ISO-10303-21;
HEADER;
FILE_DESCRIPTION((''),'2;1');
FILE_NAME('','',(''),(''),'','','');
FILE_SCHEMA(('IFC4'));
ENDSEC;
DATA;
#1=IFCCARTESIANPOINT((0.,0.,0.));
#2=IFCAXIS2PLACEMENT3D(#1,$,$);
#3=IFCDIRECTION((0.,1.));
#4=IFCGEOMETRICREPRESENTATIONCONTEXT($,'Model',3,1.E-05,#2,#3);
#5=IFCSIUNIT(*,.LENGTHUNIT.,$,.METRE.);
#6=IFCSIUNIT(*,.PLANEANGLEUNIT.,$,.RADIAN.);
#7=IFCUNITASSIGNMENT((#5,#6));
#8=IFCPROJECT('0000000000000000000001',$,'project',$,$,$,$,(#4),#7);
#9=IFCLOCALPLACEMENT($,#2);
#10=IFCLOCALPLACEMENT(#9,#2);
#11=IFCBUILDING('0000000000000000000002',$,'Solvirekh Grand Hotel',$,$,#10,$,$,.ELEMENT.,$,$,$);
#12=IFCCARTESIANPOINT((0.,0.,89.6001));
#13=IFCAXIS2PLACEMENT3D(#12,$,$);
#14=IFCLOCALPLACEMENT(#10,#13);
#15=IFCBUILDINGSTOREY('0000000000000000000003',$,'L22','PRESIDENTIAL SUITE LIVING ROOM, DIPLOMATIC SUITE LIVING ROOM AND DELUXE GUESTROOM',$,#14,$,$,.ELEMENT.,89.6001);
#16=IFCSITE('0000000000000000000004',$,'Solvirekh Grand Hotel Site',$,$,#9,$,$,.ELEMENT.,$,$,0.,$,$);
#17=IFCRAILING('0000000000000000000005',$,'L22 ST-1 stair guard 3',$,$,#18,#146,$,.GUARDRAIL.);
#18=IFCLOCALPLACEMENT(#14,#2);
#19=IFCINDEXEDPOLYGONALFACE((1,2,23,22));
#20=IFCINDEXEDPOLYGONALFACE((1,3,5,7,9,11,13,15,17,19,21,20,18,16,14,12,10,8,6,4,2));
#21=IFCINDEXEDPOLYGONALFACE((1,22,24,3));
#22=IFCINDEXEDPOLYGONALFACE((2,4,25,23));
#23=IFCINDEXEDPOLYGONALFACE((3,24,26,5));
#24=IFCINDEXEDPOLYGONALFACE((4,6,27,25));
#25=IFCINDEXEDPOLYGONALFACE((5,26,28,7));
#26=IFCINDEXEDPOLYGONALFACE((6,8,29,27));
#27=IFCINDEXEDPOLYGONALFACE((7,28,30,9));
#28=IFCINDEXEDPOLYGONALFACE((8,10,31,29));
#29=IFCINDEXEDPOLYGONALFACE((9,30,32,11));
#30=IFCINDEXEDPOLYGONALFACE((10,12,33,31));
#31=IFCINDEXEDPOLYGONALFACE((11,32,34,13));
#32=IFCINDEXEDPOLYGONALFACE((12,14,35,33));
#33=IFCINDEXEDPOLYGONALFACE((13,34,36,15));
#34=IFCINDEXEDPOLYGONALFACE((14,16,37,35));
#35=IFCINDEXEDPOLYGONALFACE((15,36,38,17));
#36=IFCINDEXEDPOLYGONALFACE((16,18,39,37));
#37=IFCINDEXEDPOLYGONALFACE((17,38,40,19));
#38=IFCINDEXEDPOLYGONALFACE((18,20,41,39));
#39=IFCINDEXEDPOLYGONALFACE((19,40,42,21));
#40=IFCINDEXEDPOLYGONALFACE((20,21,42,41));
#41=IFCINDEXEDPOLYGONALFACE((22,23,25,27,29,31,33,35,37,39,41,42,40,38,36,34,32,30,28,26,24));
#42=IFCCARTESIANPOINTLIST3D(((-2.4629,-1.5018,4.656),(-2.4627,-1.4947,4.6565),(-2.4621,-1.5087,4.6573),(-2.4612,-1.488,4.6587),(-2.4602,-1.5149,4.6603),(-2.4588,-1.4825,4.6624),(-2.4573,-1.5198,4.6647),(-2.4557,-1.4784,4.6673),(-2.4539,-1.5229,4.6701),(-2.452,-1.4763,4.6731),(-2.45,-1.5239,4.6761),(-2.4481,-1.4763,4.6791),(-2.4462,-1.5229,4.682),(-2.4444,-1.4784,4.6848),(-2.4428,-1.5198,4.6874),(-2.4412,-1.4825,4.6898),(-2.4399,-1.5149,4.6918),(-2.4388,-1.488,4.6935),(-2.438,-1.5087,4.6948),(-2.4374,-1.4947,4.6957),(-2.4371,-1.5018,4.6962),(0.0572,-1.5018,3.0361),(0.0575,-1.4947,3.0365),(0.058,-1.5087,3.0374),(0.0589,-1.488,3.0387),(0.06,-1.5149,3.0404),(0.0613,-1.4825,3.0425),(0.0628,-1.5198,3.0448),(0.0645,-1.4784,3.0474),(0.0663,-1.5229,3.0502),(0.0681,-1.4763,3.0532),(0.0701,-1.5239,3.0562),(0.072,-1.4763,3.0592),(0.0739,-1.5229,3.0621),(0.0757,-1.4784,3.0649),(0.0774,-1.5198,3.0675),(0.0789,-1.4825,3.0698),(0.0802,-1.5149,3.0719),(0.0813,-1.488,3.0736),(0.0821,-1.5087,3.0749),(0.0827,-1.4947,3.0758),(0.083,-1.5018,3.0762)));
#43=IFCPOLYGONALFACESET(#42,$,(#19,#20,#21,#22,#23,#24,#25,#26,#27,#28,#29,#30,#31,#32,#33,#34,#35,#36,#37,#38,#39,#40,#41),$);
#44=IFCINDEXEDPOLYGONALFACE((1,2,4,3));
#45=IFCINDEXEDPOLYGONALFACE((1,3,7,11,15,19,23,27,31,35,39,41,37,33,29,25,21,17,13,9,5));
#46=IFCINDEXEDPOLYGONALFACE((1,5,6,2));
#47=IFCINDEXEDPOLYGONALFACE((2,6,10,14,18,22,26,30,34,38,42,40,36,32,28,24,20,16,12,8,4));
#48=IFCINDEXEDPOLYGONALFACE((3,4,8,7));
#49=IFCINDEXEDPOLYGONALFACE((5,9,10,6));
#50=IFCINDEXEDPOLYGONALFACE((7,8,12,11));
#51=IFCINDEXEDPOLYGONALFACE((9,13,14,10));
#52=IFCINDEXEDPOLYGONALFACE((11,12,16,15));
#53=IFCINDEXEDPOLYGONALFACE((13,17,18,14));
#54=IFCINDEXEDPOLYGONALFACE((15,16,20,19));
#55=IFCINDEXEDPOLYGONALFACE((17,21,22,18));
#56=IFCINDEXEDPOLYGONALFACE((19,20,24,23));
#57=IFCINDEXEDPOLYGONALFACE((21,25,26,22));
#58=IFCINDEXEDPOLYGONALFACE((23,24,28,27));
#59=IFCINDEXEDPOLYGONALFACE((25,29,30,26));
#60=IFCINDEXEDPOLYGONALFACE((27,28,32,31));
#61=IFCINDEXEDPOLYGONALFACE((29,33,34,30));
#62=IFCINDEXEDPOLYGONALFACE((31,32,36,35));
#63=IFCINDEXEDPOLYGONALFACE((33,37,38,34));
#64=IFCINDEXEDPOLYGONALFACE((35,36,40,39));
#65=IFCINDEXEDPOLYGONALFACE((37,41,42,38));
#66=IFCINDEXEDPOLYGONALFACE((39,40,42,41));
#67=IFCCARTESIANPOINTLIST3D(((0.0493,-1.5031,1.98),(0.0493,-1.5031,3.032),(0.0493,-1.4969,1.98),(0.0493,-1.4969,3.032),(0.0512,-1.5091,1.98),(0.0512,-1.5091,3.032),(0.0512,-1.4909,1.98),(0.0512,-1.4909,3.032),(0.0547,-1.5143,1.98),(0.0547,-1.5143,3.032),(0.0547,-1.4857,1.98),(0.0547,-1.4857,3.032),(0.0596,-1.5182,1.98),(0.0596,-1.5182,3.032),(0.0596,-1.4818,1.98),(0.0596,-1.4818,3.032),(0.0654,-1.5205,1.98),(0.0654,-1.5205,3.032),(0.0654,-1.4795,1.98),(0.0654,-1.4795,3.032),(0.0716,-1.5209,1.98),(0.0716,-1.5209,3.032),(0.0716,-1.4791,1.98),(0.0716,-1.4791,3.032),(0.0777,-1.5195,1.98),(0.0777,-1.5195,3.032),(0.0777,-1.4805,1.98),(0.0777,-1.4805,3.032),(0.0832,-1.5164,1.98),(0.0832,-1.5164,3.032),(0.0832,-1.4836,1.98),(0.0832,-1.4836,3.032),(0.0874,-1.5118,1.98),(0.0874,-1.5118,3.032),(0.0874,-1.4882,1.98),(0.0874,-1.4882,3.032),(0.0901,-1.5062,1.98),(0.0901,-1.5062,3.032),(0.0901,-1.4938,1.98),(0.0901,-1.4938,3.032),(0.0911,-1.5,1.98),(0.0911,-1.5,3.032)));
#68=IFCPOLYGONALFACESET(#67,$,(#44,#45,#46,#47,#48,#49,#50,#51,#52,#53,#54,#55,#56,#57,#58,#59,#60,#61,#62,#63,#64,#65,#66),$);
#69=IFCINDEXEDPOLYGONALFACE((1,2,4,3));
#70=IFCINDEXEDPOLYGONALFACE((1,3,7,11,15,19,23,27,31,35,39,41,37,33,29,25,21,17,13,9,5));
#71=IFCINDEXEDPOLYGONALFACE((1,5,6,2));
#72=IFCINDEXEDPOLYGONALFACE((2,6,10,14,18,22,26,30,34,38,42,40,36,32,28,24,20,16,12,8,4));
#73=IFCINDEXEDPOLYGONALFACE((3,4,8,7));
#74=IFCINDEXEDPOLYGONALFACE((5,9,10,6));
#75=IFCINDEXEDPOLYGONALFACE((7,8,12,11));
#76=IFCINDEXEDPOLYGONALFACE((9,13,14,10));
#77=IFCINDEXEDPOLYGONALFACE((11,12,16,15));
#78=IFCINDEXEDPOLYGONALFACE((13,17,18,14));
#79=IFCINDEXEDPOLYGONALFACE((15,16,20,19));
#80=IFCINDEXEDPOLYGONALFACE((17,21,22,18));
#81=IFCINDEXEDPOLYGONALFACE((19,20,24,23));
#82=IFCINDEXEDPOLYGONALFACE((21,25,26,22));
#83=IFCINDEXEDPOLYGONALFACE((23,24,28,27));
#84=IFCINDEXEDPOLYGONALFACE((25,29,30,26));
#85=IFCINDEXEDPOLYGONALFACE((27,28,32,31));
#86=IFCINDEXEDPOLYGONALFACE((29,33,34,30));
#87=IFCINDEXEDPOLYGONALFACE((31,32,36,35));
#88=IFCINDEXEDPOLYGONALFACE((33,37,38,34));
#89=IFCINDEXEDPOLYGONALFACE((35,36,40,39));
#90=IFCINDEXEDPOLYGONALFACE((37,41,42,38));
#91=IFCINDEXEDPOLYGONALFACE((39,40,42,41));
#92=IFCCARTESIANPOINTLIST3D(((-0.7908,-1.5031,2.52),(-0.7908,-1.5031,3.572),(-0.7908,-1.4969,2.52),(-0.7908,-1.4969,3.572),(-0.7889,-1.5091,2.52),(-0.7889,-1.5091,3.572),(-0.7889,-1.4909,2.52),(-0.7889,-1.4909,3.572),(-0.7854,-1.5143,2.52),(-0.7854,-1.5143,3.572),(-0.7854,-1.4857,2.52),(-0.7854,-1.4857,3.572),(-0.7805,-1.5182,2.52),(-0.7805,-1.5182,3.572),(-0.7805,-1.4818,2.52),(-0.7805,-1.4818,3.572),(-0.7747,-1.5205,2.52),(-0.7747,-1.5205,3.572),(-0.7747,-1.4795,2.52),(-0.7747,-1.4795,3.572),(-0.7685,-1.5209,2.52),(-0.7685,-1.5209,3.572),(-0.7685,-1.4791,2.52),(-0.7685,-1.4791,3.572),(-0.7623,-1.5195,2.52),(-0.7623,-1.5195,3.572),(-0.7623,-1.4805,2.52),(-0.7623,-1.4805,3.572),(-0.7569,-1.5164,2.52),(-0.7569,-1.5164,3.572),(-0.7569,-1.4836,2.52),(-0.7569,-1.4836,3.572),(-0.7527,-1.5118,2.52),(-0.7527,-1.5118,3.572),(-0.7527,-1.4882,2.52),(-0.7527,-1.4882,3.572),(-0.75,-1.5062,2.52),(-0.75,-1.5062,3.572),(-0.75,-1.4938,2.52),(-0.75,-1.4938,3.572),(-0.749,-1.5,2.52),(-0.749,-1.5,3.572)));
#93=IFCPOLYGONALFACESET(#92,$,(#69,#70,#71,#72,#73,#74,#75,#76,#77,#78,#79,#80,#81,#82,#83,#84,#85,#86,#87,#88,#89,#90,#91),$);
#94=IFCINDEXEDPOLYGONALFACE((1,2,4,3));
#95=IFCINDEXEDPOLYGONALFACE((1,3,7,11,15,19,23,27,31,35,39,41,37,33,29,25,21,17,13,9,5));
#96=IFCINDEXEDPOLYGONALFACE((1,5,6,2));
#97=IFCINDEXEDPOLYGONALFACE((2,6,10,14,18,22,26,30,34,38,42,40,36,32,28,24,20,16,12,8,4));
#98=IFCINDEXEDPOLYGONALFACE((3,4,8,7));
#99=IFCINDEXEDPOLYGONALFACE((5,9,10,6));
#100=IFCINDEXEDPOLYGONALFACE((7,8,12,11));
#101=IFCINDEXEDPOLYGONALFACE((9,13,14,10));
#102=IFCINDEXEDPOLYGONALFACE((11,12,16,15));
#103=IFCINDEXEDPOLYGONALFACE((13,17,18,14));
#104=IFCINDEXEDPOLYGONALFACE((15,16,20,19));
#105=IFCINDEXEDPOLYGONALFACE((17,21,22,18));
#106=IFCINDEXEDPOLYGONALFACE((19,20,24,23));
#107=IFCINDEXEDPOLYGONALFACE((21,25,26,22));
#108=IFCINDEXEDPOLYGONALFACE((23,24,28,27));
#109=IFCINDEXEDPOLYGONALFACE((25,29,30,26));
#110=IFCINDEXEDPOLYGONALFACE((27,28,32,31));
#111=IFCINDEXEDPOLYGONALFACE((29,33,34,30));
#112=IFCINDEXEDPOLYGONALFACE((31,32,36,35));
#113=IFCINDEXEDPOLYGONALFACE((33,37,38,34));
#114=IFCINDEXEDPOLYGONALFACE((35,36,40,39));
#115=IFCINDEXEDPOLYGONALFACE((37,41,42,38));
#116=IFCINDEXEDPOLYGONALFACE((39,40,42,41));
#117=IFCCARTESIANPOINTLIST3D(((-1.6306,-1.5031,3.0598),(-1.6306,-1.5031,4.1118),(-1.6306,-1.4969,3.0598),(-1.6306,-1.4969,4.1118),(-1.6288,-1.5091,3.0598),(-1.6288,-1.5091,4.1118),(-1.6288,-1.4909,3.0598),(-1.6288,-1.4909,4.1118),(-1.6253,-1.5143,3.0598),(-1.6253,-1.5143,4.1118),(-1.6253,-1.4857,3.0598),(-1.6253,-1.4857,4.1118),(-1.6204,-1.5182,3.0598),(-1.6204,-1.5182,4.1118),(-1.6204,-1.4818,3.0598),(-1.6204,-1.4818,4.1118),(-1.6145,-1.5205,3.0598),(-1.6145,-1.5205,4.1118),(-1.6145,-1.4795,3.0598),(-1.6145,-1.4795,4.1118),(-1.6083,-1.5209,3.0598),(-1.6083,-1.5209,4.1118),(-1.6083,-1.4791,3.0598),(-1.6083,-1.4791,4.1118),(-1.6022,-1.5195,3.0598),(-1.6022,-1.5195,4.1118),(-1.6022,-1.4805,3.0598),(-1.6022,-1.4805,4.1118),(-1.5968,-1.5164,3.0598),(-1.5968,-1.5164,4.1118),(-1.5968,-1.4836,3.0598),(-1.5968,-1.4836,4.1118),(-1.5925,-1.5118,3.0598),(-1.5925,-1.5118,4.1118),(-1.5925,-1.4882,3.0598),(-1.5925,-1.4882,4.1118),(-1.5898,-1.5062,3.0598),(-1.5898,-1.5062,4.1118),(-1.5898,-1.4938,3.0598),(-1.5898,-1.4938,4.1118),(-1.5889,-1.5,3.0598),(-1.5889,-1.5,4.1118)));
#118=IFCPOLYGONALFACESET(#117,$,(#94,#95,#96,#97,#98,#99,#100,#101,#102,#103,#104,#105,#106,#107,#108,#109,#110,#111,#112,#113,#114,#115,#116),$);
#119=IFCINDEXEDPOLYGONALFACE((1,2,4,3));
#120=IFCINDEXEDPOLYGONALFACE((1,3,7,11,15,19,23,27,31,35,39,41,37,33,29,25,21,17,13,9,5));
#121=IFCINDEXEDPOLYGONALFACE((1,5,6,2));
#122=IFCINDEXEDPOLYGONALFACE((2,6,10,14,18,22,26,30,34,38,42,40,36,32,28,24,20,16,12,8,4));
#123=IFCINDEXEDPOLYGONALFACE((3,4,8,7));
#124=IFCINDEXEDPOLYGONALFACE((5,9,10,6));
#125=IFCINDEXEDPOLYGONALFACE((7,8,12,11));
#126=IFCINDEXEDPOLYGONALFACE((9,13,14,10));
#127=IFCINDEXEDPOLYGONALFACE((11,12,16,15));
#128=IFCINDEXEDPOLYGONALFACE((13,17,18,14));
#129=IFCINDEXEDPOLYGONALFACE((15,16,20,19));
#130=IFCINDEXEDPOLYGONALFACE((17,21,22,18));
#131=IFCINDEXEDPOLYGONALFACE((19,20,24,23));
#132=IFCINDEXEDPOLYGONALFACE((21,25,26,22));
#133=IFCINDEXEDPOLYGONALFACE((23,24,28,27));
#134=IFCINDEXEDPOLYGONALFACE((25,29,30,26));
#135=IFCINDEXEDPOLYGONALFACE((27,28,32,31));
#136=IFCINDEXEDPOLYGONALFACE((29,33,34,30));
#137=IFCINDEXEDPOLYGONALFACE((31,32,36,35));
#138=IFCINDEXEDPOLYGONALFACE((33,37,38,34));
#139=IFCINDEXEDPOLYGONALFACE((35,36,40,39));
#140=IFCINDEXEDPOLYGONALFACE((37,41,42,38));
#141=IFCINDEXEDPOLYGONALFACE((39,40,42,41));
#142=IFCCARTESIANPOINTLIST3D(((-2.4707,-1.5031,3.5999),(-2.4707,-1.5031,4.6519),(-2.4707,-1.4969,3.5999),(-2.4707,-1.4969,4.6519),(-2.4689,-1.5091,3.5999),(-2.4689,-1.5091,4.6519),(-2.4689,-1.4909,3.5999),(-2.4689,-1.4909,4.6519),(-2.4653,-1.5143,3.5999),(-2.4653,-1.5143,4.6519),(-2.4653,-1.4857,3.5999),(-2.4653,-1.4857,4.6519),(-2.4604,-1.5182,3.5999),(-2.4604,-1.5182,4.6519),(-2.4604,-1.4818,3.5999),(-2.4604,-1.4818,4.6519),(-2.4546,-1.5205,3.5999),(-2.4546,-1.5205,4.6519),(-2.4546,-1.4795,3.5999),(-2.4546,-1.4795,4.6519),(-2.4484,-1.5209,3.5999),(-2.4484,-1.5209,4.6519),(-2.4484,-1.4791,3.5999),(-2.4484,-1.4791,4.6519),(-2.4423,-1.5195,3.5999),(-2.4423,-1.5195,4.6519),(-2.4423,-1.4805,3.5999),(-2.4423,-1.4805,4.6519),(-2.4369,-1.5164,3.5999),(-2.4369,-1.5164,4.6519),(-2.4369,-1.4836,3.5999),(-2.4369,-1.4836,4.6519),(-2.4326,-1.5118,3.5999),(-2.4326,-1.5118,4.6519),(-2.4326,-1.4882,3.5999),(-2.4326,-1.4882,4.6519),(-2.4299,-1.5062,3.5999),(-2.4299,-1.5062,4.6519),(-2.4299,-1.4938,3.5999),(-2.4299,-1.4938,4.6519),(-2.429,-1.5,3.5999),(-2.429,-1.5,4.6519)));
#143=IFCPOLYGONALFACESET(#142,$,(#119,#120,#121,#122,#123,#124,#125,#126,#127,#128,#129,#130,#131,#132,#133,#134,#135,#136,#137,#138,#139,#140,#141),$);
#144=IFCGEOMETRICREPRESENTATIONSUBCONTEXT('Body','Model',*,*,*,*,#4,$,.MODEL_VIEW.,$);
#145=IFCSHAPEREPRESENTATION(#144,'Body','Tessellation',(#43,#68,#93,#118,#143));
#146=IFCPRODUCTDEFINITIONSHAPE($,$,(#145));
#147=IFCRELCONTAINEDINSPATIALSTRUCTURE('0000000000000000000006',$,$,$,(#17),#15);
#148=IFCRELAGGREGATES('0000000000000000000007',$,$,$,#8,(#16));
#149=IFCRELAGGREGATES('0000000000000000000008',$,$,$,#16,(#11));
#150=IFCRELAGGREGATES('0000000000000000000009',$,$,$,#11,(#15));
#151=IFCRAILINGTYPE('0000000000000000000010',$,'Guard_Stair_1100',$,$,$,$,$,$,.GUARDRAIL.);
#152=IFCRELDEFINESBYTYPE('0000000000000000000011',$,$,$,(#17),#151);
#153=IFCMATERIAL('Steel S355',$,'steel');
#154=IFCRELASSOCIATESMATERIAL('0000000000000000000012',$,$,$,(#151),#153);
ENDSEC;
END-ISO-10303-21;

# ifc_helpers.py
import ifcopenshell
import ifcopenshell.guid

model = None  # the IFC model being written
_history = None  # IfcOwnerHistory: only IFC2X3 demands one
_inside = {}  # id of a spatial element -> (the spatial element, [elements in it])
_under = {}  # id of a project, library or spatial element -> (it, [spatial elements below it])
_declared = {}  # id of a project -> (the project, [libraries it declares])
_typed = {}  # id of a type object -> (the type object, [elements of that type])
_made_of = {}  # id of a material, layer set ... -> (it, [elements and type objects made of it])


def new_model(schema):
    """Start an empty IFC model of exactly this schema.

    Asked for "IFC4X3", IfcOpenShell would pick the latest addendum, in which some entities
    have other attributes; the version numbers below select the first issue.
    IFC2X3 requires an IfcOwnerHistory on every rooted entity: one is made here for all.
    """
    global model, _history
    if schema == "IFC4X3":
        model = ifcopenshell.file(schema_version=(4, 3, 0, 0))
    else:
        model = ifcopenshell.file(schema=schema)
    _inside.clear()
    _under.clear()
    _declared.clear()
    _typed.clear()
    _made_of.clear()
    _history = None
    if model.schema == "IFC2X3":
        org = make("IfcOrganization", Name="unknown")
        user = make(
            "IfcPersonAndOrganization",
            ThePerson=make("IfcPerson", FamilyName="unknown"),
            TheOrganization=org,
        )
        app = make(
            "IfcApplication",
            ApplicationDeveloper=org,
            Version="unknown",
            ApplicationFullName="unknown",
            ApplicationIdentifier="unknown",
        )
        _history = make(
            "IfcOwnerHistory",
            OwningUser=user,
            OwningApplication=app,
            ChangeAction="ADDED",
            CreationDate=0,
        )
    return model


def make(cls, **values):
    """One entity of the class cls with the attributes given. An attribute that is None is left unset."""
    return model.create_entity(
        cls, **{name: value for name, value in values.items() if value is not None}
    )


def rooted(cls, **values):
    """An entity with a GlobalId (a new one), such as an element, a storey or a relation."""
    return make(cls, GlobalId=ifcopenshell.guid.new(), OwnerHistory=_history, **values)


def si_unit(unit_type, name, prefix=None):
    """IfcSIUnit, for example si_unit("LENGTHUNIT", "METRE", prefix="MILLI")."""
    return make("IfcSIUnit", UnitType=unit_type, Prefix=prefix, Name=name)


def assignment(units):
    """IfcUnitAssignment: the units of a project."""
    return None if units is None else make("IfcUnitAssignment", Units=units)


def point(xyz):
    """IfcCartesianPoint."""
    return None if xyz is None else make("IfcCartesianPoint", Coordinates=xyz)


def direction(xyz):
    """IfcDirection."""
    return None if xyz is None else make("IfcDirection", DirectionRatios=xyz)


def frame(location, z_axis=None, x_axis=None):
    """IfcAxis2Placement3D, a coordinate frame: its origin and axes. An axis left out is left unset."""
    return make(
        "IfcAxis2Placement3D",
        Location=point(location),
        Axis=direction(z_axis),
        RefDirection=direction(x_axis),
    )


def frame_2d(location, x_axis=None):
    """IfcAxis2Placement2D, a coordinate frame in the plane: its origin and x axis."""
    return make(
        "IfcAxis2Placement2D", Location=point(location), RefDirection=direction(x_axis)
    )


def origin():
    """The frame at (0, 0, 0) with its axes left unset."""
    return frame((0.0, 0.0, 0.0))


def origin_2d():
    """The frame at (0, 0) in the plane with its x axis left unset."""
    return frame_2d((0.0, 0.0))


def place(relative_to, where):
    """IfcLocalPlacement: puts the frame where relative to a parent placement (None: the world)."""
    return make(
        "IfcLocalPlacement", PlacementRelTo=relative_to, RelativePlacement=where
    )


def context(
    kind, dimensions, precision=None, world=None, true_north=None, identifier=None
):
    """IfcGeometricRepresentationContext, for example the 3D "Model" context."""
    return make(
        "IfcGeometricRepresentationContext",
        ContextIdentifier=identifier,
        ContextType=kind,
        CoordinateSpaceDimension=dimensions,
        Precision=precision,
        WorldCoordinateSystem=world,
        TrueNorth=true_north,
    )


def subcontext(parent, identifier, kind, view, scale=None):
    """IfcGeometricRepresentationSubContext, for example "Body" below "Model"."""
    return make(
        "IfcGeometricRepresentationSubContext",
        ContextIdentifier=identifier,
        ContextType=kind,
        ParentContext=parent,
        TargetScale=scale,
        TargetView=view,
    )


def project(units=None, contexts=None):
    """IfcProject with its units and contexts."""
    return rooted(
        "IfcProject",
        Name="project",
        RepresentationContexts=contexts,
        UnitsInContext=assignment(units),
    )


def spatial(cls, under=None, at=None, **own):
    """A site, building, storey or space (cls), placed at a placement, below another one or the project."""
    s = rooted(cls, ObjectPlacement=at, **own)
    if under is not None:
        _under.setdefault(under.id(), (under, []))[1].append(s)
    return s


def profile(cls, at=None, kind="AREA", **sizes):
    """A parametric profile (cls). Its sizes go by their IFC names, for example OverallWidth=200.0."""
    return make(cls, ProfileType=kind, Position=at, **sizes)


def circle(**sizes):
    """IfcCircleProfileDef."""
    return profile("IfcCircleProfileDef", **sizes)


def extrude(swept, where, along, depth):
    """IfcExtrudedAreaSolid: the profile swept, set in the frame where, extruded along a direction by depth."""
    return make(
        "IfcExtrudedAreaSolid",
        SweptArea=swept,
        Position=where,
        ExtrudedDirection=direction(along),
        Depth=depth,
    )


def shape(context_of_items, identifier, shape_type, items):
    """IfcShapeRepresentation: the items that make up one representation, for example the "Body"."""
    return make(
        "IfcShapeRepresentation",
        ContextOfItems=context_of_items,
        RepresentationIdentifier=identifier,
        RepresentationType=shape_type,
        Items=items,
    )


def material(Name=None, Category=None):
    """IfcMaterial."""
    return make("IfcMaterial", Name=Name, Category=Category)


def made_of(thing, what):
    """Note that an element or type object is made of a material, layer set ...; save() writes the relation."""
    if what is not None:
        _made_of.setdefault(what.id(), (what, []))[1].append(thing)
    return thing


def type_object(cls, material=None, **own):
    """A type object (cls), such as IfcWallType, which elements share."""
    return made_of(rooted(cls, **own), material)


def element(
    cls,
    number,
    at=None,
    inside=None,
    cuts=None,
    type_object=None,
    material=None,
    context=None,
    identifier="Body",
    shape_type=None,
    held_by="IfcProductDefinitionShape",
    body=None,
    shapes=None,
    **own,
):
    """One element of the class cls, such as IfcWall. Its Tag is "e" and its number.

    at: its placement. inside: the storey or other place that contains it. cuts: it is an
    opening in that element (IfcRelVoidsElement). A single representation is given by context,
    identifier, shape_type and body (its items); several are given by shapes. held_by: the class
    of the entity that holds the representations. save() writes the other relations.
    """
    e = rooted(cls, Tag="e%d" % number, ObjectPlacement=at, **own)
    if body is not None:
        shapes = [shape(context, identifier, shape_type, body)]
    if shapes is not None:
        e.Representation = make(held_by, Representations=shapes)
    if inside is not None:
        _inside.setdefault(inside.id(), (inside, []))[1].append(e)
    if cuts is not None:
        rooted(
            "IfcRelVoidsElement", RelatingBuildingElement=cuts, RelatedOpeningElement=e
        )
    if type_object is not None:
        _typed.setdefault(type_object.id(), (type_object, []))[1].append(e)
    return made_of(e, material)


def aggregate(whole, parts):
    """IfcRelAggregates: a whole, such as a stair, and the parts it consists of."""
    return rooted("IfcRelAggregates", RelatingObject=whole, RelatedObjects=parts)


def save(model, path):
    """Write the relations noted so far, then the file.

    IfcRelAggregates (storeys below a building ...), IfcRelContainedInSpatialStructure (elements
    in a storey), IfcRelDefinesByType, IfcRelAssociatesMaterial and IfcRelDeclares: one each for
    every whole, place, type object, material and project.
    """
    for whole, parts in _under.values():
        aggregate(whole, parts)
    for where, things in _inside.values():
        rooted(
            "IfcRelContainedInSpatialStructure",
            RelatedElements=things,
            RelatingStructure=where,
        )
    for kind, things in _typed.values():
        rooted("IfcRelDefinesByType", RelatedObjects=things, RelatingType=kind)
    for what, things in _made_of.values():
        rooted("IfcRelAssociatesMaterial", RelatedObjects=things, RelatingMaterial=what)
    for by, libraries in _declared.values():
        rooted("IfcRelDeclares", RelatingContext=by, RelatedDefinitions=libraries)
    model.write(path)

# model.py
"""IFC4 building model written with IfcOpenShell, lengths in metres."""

from ifc_helpers import new_model, si_unit, direction, frame, origin, origin_2d, place, context, subcontext, project, spatial, circle, extrude, material, type_object, element, save


model = new_model("IFC4")

# Units and contexts
model_context = context("Model", 3, precision=1e-05, world=origin(), true_north=direction((0.0, 1.0)))
body_context = subcontext(model_context, "Body", "Model", "MODEL_VIEW")
ifc_project = project(units=[si_unit("LENGTHUNIT", "METRE"), si_unit("PLANEANGLEUNIT", "RADIAN")], contexts=[model_context])

# Site, building, storey
site_placement = place(None, origin())
site = spatial("IfcSite", under=ifc_project, at=site_placement, Name="Solvirekh Grand Hotel Site", CompositionType="ELEMENT", RefElevation=0.0)
building_placement = place(site_placement, origin())
building = spatial("IfcBuilding", under=site, at=building_placement, Name="Solvirekh Grand Hotel", CompositionType="ELEMENT")
storey_placement = place(building_placement, frame((0.0, 0.0, 89.6001)))
storey = spatial("IfcBuildingStorey", under=building, at=storey_placement, Name="L22", Description="PRESIDENTIAL SUITE LIVING ROOM, DIPLOMATIC SUITE LIVING ROOM AND DELUXE GUESTROOM", CompositionType="ELEMENT", Elevation=89.6001)

# Railing
ifc_material_1 = material(Name="Steel S355", Category="steel")
railing_type_1 = type_object("IfcRailingType", Name="Guard_Stair_1100", PredefinedType="GUARDRAIL", material=ifc_material_1)
railing_1_placement = place(storey_placement, frame((0.0701, -1.5, 1.98)))
element("IfcRailing", 1, at=railing_1_placement, inside=storey, type_object=railing_type_1, Name="L22 ST-1 stair guard 3", PredefinedType="GUARDRAIL", context=body_context, shape_type="SweptSolid", body=[
    extrude(circle(Radius=0.0239, at=origin_2d()), frame((0.0, 0.0, 1.0762), z_axis=(-0.8412, 0.0, 0.540725), x_axis=(0.0, -1.0, 0.0)), (0.0, 0.0, 1.0), 2.9958),
    extrude(circle(Radius=0.021, at=origin_2d()), origin(), (0.0, 0.0, 1.0), 1.052),
    extrude(circle(Radius=0.021, at=origin_2d()), frame((-0.8401, 0.0, 0.54)), (0.0, 0.0, 1.0), 1.052),
    extrude(circle(Radius=0.021, at=origin_2d()), frame((-1.6799, 0.0, 1.0798)), (0.0, 0.0, 1.0), 1.052),
    extrude(circle(Radius=0.021, at=origin_2d()), frame((-2.52, 0.0, 1.6199)), (0.0, 0.0, 1.0), 1.052),
])

save(model, "model.ifc")
